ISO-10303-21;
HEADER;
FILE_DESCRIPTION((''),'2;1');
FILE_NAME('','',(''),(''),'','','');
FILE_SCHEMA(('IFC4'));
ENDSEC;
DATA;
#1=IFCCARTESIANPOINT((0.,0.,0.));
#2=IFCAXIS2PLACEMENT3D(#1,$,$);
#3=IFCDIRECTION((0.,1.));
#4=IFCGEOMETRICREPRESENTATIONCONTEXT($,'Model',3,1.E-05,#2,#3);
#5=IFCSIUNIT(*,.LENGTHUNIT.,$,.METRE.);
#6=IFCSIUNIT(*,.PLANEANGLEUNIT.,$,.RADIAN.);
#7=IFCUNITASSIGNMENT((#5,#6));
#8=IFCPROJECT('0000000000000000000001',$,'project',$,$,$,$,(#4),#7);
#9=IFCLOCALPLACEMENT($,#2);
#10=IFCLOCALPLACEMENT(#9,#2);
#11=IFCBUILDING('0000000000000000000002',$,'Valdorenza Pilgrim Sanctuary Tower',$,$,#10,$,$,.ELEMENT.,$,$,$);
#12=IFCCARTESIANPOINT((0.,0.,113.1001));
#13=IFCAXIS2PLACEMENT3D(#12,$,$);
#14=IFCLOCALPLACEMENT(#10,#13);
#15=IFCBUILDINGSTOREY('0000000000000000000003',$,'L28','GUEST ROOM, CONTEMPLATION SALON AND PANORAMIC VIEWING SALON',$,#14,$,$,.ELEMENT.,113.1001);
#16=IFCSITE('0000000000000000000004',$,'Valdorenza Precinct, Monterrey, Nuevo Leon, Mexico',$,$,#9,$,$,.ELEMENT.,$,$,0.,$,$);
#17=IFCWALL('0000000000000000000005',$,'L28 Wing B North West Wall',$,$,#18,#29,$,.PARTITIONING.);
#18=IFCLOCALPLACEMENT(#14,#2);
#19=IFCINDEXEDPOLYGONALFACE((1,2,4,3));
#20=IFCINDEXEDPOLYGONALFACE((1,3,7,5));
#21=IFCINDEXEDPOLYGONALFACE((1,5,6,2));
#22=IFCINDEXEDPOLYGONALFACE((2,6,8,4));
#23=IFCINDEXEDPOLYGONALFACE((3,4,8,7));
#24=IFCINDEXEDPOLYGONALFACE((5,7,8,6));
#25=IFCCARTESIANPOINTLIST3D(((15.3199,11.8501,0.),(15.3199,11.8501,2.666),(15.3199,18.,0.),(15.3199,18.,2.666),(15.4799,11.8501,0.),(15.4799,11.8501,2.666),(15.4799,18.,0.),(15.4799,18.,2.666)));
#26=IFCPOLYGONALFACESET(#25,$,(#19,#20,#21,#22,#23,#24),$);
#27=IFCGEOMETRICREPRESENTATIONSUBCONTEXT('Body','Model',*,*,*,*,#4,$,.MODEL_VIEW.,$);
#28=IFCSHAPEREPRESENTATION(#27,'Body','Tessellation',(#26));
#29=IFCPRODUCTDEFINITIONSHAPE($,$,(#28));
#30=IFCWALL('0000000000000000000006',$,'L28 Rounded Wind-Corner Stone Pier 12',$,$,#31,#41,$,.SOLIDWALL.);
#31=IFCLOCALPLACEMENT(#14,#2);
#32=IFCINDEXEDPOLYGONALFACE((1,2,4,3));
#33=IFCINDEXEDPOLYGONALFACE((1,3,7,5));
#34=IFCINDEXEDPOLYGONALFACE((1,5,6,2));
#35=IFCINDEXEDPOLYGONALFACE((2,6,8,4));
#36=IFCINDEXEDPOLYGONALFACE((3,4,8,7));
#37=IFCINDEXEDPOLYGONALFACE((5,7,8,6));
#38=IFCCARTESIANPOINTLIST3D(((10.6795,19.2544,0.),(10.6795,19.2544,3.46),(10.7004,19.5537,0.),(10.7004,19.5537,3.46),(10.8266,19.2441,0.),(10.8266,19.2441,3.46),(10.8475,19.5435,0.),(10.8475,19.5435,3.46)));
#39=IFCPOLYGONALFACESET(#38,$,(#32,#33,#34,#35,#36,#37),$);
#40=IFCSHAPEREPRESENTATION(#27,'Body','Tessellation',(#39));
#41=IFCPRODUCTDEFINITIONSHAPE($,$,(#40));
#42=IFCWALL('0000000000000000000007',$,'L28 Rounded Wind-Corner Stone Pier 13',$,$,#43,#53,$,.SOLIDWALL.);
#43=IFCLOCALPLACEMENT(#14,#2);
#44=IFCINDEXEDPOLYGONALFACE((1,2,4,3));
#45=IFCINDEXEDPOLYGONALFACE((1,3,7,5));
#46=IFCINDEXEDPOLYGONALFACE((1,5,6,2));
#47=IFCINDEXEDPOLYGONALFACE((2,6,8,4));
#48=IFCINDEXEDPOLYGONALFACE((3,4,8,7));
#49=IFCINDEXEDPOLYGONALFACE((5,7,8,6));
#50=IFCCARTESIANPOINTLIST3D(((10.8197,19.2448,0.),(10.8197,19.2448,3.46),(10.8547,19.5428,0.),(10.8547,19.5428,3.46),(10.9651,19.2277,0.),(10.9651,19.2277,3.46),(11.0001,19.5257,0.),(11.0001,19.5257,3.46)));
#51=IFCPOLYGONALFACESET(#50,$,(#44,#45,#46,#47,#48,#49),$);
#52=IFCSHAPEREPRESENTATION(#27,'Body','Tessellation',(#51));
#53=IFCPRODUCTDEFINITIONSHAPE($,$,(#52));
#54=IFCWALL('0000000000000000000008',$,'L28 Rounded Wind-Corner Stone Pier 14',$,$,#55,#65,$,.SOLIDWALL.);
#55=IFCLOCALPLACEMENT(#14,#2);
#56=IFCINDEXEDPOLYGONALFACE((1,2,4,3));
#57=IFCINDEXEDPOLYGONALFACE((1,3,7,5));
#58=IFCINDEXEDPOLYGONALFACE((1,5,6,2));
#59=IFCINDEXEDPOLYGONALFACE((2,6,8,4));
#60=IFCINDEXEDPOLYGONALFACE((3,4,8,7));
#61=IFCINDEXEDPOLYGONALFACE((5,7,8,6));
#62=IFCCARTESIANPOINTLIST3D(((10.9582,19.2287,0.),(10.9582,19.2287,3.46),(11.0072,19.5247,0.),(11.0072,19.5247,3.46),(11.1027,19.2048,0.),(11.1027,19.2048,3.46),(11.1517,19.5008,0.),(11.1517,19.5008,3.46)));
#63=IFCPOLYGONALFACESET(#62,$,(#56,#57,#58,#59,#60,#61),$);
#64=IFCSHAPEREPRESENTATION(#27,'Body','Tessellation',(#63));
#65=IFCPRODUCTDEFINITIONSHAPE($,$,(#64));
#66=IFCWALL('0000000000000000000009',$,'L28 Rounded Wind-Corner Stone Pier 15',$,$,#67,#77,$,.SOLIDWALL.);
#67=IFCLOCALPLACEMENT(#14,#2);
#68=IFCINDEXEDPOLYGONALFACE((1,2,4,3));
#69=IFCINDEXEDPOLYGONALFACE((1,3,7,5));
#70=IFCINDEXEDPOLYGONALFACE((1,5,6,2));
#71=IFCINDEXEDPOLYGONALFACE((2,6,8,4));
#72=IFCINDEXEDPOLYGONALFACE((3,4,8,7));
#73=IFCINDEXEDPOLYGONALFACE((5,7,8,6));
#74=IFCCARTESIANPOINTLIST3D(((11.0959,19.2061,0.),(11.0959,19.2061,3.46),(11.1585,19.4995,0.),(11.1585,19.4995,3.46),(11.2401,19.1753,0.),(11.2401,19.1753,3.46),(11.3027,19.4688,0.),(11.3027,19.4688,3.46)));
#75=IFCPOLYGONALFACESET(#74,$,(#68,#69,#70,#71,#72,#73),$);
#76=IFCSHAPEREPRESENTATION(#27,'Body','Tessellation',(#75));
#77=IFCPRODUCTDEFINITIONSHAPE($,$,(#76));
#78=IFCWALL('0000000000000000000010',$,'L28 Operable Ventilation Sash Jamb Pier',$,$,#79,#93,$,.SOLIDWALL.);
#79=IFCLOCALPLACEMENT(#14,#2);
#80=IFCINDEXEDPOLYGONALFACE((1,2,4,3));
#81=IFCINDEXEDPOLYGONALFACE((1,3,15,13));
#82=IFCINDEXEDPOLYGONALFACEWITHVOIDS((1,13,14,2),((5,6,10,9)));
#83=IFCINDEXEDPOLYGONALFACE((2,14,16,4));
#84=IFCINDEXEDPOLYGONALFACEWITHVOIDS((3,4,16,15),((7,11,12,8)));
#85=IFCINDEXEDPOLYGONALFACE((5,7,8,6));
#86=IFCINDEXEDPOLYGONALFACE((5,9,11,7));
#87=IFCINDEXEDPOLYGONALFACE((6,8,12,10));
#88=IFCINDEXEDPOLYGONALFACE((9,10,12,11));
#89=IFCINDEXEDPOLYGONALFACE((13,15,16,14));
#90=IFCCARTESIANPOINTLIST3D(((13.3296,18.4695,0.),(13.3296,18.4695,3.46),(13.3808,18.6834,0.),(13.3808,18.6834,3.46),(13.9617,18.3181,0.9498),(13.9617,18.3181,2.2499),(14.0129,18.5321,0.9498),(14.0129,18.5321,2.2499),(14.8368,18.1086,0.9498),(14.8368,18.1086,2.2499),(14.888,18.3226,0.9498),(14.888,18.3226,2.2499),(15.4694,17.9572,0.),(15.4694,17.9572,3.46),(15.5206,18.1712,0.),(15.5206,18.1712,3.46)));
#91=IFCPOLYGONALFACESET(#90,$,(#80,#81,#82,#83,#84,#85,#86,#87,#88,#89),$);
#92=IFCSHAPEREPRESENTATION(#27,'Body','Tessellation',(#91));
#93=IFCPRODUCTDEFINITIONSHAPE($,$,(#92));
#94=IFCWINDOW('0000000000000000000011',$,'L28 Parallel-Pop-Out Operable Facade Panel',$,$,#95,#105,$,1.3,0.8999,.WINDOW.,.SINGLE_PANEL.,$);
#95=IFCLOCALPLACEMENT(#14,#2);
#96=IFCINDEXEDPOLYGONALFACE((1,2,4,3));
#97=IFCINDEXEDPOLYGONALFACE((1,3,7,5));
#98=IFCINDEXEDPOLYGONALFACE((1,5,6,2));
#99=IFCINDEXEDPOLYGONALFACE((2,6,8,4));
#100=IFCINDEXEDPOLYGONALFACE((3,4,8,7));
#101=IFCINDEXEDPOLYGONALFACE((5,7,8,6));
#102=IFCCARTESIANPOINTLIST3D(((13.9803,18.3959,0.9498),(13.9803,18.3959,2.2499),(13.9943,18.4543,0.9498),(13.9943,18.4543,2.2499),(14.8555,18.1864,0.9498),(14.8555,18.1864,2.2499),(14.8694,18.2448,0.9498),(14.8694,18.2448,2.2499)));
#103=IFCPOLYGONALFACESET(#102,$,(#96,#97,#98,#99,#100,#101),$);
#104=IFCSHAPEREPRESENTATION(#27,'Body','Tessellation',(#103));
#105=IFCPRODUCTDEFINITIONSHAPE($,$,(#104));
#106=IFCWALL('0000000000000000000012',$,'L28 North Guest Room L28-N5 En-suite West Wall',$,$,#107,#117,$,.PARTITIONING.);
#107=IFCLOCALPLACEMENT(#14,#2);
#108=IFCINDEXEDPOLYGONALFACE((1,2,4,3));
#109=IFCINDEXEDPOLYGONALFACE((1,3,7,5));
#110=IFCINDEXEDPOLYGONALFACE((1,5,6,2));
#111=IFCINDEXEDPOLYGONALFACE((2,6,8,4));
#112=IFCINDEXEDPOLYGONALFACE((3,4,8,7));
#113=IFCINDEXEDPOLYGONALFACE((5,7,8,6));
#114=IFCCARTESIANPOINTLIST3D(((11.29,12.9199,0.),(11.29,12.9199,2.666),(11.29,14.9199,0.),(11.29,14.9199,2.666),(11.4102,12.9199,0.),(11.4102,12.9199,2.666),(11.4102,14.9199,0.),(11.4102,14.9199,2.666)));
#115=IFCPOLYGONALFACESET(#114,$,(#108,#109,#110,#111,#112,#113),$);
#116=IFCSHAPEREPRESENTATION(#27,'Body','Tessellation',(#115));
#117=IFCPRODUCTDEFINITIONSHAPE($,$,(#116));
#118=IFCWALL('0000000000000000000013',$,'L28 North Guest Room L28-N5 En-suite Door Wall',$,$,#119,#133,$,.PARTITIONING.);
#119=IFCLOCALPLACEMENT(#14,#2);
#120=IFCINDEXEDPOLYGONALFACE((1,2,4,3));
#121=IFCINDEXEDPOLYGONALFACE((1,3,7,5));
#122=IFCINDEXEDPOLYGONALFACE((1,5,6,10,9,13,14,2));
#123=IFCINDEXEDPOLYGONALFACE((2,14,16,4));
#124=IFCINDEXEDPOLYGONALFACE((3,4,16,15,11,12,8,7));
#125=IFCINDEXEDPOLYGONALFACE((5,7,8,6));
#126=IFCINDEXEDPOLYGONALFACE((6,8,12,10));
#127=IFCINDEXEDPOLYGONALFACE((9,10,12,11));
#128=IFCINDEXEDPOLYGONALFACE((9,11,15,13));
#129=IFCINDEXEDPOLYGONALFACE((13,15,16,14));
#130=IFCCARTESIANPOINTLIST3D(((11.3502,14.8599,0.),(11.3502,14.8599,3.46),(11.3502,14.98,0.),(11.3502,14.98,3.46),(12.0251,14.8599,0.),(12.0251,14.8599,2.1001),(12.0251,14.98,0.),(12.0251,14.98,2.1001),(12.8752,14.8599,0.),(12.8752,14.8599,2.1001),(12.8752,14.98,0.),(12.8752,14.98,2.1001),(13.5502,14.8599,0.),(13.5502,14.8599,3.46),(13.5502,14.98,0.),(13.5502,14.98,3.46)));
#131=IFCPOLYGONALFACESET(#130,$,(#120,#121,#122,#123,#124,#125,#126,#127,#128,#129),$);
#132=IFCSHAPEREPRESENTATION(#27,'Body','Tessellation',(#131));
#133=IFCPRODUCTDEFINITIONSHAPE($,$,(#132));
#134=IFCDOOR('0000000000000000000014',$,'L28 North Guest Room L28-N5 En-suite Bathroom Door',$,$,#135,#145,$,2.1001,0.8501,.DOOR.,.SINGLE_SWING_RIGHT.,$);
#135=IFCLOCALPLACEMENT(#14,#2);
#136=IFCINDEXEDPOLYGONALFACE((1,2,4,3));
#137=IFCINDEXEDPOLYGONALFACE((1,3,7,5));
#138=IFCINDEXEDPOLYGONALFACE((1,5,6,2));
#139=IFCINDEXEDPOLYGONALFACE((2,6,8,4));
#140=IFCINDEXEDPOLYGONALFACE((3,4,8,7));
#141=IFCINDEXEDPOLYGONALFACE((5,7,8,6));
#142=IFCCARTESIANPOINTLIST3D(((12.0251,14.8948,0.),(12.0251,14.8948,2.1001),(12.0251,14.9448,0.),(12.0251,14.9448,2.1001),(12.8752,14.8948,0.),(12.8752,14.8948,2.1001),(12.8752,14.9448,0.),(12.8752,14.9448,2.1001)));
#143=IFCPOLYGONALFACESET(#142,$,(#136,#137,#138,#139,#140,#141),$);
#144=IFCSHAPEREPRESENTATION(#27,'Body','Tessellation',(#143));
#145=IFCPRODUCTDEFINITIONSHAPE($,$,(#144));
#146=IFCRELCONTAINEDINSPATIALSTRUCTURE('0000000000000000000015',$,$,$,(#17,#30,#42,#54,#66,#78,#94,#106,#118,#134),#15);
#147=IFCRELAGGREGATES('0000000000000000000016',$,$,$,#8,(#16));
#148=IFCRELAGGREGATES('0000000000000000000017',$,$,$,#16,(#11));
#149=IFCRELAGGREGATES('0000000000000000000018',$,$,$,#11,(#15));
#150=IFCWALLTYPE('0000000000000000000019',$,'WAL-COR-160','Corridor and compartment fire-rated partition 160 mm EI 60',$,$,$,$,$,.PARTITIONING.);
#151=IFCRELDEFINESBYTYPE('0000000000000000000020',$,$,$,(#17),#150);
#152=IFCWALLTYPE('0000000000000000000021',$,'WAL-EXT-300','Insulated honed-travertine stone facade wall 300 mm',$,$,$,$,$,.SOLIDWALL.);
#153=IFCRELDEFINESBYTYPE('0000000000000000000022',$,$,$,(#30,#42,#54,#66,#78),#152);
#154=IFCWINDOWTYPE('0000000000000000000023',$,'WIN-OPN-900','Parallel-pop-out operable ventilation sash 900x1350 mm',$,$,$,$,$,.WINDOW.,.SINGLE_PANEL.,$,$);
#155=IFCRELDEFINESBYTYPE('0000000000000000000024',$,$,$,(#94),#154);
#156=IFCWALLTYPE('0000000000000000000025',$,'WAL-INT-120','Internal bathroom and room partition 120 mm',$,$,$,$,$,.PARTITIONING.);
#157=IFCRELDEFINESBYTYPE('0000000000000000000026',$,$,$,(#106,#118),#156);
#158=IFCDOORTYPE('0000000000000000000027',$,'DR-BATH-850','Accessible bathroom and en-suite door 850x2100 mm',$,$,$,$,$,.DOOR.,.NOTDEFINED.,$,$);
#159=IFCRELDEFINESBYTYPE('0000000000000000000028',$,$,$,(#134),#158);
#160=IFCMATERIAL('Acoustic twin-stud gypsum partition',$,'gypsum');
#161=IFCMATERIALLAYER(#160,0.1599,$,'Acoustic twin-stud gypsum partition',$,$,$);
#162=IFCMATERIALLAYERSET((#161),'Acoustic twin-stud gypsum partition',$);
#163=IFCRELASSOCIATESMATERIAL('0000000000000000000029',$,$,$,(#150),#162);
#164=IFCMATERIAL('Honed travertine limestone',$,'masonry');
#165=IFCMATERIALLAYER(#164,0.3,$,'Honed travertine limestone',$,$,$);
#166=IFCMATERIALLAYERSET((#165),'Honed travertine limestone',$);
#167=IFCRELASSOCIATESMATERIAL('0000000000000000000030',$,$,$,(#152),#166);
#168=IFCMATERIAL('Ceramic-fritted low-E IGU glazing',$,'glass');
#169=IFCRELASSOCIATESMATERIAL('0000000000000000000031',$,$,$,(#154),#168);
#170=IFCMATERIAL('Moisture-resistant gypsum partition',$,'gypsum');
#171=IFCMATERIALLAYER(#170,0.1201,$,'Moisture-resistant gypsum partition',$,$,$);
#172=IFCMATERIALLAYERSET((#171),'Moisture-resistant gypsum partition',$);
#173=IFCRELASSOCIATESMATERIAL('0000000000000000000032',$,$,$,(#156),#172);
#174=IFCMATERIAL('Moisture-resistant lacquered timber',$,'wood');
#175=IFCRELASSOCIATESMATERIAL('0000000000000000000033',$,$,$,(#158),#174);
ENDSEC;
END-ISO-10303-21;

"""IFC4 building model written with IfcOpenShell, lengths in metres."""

from ifc_helpers import new_model, si_unit, direction, frame, frame_2d, origin, place, context, subcontext, project, spatial, rectangle, extrude, material, layer, layer_set, type_object, element, fill, save


model = new_model("IFC4")

# Units and contexts
model_context = context("Model", 3, precision=1e-05, world=origin(), true_north=direction((0.0, 1.0)))
body_context = subcontext(model_context, "Body", "Model", "MODEL_VIEW")
ifc_project = project(units=[si_unit("LENGTHUNIT", "METRE"), si_unit("PLANEANGLEUNIT", "RADIAN")], contexts=[model_context])

# Site, building, storey
site_placement = place(None, origin())
site = spatial("IfcSite", under=ifc_project, at=site_placement, Name="Valdorenza Precinct, Monterrey, Nuevo Leon, Mexico", CompositionType="ELEMENT", RefElevation=0.0)
building_placement = place(site_placement, origin())
building = spatial("IfcBuilding", under=site, at=building_placement, Name="Valdorenza Pilgrim Sanctuary Tower", CompositionType="ELEMENT")
storey_placement = place(building_placement, frame((0.0, 0.0, 113.1001)))
storey = spatial("IfcBuildingStorey", under=building, at=storey_placement, Name="L28", Description="GUEST ROOM, CONTEMPLATION SALON AND PANORAMIC VIEWING SALON", CompositionType="ELEMENT", Elevation=113.1001)

# Shared definitions
ifc_material_1 = material(Name="Honed travertine limestone", Category="masonry")
ifc_material_2 = material(Name="Ceramic-fritted low-E IGU glazing", Category="glass")

# Shared definitions
ifc_material_3 = material(Name="Acoustic twin-stud gypsum partition", Category="gypsum")
ifc_layer_1 = layer(ifc_material_3, 0.1599, Name="Acoustic twin-stud gypsum partition")
ifc_layer_set_1 = layer_set([ifc_layer_1], Name="Acoustic twin-stud gypsum partition")
wall_type_1 = type_object("IfcWallType", Name="WAL-COR-160", Description="Corridor and compartment fire-rated partition 160 mm EI 60", PredefinedType="PARTITIONING", material=ifc_layer_set_1)

# Walls
wall_1_placement = place(storey_placement, frame((15.3999, 11.8501, 0.0), z_axis=(0.0, 0.0, 1.0), x_axis=(0.0, 1.0, 0.0)))
element("IfcWall", 1, at=wall_1_placement, inside=storey, type_object=wall_type_1, Name="L28 Wing B North West Wall", PredefinedType="PARTITIONING", context=body_context, shape_type="SweptSolid", body=[
    extrude(rectangle(XDim=6.1499, YDim=0.1599, at=frame_2d((3.075, 0.0))), origin(), (0.0, 0.0, 1.0), 2.666),
])
ifc_layer_2 = layer(ifc_material_1, 0.3, Name="Honed travertine limestone")
ifc_layer_set_2 = layer_set([ifc_layer_2], Name="Honed travertine limestone")
wall_type_2 = type_object("IfcWallType", Name="WAL-EXT-300", Description="Insulated honed-travertine stone facade wall 300 mm", PredefinedType="SOLIDWALL", material=ifc_layer_set_2)
wall_2_placement = place(storey_placement, frame((10.6899, 19.4041, 0.0), z_axis=(0.0, 0.0, 1.0), x_axis=(0.997583, -0.069483, 0.0)))
element("IfcWall", 2, at=wall_2_placement, inside=storey, type_object=wall_type_2, Name="L28 Rounded Wind-Corner Stone Pier 12", PredefinedType="SOLIDWALL", context=body_context, shape_type="SweptSolid", body=[
    extrude(rectangle(XDim=0.1475, YDim=0.3, at=frame_2d((0.0737, 0.0))), origin(), (0.0, 0.0, 1.0), 3.46),
])
for number, where, z_axis, x_axis, name in (
    (3, (10.8372, 19.3938, 0.0), (0.0, 0.0, 1.0), (0.993173, -0.116648, 0.0), "L28 Rounded Wind-Corner Stone Pier 13"),
    (4, (10.9827, 19.3767, 0.0), (0.0, 0.0, 1.0), (0.986573, -0.163318, 0.0), "L28 Rounded Wind-Corner Stone Pier 14"),
):
    element("IfcWall", number, at=place(storey_placement, frame(where, z_axis=z_axis, x_axis=x_axis)), inside=storey, type_object=wall_type_2, Name=name, PredefinedType="SOLIDWALL", context=body_context, shape_type="SweptSolid", body=[
        extrude(rectangle(XDim=0.1465, YDim=0.3, at=frame_2d((0.0732, 0.0))), origin(), (0.0, 0.0, 1.0), 3.46),
    ])
wall_3_placement = place(storey_placement, frame((11.1272, 19.3528, 0.0), z_axis=(0.0, 0.0, 1.0), x_axis=(0.97802, -0.208512, 0.0)))
element("IfcWall", 5, at=wall_3_placement, inside=storey, type_object=wall_type_2, Name="L28 Rounded Wind-Corner Stone Pier 15", PredefinedType="SOLIDWALL", context=body_context, shape_type="SweptSolid", body=[
    extrude(rectangle(XDim=0.1475, YDim=0.3, at=frame_2d((0.0737, 0.0))), origin(), (0.0, 0.0, 1.0), 3.46),
])

# Wall, opening, window
wall_4_placement = place(storey_placement, frame((13.3552, 18.5764, 0.0), z_axis=(0.0, 0.0, 1.0), x_axis=(0.972522, -0.232811, 0.0)))
wall_4 = element("IfcWall", 6, at=wall_4_placement, inside=storey, type_object=wall_type_2, Name="L28 Operable Ventilation Sash Jamb Pier", PredefinedType="SOLIDWALL", context=body_context, shape_type="SweptSolid", body=[
    extrude(rectangle(XDim=2.2002, YDim=0.22, at=frame_2d((1.1001, 0.0))), origin(), (0.0, 0.0, 1.0), 3.46),
])
opening_1_placement = place(wall_4_placement, frame((0.6499, 0.0, 0.95)))
opening_1 = element("IfcOpeningElement", 7, at=opening_1_placement, cuts=wall_4, PredefinedType="OPENING", context=body_context, shape_type="SweptSolid", body=[
    extrude(rectangle(XDim=0.8999, YDim=1.3, at=frame_2d((0.45, 0.6499))), frame((0.0, 0.125, 0.0), z_axis=(0.0, -1.0, 0.0), x_axis=(1.0, 0.0, 0.0)), (0.0, 0.0, 1.0), 0.2498),
])
window_type = type_object("IfcWindowType", Name="WIN-OPN-900", Description="Parallel-pop-out operable ventilation sash 900x1350 mm", PartitioningType="SINGLE_PANEL", PredefinedType="WINDOW", material=ifc_material_2)
window_placement = place(opening_1_placement, origin())
window = element("IfcWindow", 8, at=window_placement, inside=storey, type_object=window_type, Name="L28 Parallel-Pop-Out Operable Facade Panel", OverallHeight=1.3, OverallWidth=0.8999, PartitioningType="SINGLE_PANEL", PredefinedType="WINDOW", context=body_context, shape_type="SweptSolid", body=[
    extrude(rectangle(XDim=0.8999, YDim=1.3, at=frame_2d((0.45, 0.6499))), frame((0.0, 0.03, 0.0), z_axis=(0.0, -1.0, 0.0), x_axis=(1.0, 0.0, 0.0)), (0.0, 0.0, 1.0), 0.0601),
])
fill(opening_1, window)

# Wall
ifc_material_4 = material(Name="Moisture-resistant gypsum partition", Category="gypsum")
ifc_layer_3 = layer(ifc_material_4, 0.1201, Name="Moisture-resistant gypsum partition")
ifc_layer_set_3 = layer_set([ifc_layer_3], Name="Moisture-resistant gypsum partition")
wall_type_3 = type_object("IfcWallType", Name="WAL-INT-120", Description="Internal bathroom and room partition 120 mm", PredefinedType="PARTITIONING", material=ifc_layer_set_3)
wall_5_placement = place(storey_placement, frame((11.3501, 12.9199, 0.0), z_axis=(0.0, 0.0, 1.0), x_axis=(0.0, 1.0, 0.0)))
element("IfcWall", 9, at=wall_5_placement, inside=storey, type_object=wall_type_3, Name="L28 North Guest Room L28-N5 En-suite West Wall", PredefinedType="PARTITIONING", context=body_context, shape_type="SweptSolid", body=[
    extrude(rectangle(XDim=2.0, YDim=0.1201, at=frame_2d((1.0, 0.0))), origin(), (0.0, 0.0, 1.0), 2.666),
])

# Wall, opening, door
wall_6_placement = place(storey_placement, frame((11.3501, 14.9199, 0.0), z_axis=(0.0, 0.0, 1.0), x_axis=(1.0, 0.0, 0.0)))
wall_6 = element("IfcWall", 10, at=wall_6_placement, inside=storey, type_object=wall_type_3, Name="L28 North Guest Room L28-N5 En-suite Door Wall", PredefinedType="PARTITIONING", context=body_context, shape_type="SweptSolid", body=[
    extrude(rectangle(XDim=2.2, YDim=0.1201, at=frame_2d((1.1001, 0.0))), origin(), (0.0, 0.0, 1.0), 3.46),
])
opening_2_placement = place(wall_6_placement, frame((0.675, 0.0, 0.0)))
opening_2 = element("IfcOpeningElement", 11, at=opening_2_placement, cuts=wall_6, PredefinedType="OPENING", context=body_context, shape_type="SweptSolid", body=[
    extrude(rectangle(XDim=0.8501, YDim=2.1001, at=frame_2d((0.425, 1.05))), frame((0.0, 0.075, 0.0), z_axis=(0.0, -1.0, 0.0), x_axis=(1.0, 0.0, 0.0)), (0.0, 0.0, 1.0), 0.1499),
])
ifc_material_5 = material(Name="Moisture-resistant lacquered timber", Category="wood")
door_type_1 = type_object("IfcDoorType", Name="DR-BATH-850", Description="Accessible bathroom and en-suite door 850x2100 mm", OperationType="NOTDEFINED", PredefinedType="DOOR", material=ifc_material_5)
door_1_placement = place(opening_2_placement, origin())
door_1 = element("IfcDoor", 12, at=door_1_placement, inside=storey, type_object=door_type_1, Name="L28 North Guest Room L28-N5 En-suite Bathroom Door", OperationType="SINGLE_SWING_RIGHT", OverallHeight=2.1001, OverallWidth=0.8501, PredefinedType="DOOR", context=body_context, shape_type="SweptSolid", body=[
    extrude(rectangle(XDim=0.8501, YDim=2.1001, at=frame_2d((0.425, 1.05))), frame((0.0, 0.0249, 0.0), z_axis=(0.0, -1.0, 0.0), x_axis=(1.0, 0.0, 0.0)), (0.0, 0.0, 1.0), 0.05),
])
fill(opening_2, door_1)

save(model, "model.ifc")
